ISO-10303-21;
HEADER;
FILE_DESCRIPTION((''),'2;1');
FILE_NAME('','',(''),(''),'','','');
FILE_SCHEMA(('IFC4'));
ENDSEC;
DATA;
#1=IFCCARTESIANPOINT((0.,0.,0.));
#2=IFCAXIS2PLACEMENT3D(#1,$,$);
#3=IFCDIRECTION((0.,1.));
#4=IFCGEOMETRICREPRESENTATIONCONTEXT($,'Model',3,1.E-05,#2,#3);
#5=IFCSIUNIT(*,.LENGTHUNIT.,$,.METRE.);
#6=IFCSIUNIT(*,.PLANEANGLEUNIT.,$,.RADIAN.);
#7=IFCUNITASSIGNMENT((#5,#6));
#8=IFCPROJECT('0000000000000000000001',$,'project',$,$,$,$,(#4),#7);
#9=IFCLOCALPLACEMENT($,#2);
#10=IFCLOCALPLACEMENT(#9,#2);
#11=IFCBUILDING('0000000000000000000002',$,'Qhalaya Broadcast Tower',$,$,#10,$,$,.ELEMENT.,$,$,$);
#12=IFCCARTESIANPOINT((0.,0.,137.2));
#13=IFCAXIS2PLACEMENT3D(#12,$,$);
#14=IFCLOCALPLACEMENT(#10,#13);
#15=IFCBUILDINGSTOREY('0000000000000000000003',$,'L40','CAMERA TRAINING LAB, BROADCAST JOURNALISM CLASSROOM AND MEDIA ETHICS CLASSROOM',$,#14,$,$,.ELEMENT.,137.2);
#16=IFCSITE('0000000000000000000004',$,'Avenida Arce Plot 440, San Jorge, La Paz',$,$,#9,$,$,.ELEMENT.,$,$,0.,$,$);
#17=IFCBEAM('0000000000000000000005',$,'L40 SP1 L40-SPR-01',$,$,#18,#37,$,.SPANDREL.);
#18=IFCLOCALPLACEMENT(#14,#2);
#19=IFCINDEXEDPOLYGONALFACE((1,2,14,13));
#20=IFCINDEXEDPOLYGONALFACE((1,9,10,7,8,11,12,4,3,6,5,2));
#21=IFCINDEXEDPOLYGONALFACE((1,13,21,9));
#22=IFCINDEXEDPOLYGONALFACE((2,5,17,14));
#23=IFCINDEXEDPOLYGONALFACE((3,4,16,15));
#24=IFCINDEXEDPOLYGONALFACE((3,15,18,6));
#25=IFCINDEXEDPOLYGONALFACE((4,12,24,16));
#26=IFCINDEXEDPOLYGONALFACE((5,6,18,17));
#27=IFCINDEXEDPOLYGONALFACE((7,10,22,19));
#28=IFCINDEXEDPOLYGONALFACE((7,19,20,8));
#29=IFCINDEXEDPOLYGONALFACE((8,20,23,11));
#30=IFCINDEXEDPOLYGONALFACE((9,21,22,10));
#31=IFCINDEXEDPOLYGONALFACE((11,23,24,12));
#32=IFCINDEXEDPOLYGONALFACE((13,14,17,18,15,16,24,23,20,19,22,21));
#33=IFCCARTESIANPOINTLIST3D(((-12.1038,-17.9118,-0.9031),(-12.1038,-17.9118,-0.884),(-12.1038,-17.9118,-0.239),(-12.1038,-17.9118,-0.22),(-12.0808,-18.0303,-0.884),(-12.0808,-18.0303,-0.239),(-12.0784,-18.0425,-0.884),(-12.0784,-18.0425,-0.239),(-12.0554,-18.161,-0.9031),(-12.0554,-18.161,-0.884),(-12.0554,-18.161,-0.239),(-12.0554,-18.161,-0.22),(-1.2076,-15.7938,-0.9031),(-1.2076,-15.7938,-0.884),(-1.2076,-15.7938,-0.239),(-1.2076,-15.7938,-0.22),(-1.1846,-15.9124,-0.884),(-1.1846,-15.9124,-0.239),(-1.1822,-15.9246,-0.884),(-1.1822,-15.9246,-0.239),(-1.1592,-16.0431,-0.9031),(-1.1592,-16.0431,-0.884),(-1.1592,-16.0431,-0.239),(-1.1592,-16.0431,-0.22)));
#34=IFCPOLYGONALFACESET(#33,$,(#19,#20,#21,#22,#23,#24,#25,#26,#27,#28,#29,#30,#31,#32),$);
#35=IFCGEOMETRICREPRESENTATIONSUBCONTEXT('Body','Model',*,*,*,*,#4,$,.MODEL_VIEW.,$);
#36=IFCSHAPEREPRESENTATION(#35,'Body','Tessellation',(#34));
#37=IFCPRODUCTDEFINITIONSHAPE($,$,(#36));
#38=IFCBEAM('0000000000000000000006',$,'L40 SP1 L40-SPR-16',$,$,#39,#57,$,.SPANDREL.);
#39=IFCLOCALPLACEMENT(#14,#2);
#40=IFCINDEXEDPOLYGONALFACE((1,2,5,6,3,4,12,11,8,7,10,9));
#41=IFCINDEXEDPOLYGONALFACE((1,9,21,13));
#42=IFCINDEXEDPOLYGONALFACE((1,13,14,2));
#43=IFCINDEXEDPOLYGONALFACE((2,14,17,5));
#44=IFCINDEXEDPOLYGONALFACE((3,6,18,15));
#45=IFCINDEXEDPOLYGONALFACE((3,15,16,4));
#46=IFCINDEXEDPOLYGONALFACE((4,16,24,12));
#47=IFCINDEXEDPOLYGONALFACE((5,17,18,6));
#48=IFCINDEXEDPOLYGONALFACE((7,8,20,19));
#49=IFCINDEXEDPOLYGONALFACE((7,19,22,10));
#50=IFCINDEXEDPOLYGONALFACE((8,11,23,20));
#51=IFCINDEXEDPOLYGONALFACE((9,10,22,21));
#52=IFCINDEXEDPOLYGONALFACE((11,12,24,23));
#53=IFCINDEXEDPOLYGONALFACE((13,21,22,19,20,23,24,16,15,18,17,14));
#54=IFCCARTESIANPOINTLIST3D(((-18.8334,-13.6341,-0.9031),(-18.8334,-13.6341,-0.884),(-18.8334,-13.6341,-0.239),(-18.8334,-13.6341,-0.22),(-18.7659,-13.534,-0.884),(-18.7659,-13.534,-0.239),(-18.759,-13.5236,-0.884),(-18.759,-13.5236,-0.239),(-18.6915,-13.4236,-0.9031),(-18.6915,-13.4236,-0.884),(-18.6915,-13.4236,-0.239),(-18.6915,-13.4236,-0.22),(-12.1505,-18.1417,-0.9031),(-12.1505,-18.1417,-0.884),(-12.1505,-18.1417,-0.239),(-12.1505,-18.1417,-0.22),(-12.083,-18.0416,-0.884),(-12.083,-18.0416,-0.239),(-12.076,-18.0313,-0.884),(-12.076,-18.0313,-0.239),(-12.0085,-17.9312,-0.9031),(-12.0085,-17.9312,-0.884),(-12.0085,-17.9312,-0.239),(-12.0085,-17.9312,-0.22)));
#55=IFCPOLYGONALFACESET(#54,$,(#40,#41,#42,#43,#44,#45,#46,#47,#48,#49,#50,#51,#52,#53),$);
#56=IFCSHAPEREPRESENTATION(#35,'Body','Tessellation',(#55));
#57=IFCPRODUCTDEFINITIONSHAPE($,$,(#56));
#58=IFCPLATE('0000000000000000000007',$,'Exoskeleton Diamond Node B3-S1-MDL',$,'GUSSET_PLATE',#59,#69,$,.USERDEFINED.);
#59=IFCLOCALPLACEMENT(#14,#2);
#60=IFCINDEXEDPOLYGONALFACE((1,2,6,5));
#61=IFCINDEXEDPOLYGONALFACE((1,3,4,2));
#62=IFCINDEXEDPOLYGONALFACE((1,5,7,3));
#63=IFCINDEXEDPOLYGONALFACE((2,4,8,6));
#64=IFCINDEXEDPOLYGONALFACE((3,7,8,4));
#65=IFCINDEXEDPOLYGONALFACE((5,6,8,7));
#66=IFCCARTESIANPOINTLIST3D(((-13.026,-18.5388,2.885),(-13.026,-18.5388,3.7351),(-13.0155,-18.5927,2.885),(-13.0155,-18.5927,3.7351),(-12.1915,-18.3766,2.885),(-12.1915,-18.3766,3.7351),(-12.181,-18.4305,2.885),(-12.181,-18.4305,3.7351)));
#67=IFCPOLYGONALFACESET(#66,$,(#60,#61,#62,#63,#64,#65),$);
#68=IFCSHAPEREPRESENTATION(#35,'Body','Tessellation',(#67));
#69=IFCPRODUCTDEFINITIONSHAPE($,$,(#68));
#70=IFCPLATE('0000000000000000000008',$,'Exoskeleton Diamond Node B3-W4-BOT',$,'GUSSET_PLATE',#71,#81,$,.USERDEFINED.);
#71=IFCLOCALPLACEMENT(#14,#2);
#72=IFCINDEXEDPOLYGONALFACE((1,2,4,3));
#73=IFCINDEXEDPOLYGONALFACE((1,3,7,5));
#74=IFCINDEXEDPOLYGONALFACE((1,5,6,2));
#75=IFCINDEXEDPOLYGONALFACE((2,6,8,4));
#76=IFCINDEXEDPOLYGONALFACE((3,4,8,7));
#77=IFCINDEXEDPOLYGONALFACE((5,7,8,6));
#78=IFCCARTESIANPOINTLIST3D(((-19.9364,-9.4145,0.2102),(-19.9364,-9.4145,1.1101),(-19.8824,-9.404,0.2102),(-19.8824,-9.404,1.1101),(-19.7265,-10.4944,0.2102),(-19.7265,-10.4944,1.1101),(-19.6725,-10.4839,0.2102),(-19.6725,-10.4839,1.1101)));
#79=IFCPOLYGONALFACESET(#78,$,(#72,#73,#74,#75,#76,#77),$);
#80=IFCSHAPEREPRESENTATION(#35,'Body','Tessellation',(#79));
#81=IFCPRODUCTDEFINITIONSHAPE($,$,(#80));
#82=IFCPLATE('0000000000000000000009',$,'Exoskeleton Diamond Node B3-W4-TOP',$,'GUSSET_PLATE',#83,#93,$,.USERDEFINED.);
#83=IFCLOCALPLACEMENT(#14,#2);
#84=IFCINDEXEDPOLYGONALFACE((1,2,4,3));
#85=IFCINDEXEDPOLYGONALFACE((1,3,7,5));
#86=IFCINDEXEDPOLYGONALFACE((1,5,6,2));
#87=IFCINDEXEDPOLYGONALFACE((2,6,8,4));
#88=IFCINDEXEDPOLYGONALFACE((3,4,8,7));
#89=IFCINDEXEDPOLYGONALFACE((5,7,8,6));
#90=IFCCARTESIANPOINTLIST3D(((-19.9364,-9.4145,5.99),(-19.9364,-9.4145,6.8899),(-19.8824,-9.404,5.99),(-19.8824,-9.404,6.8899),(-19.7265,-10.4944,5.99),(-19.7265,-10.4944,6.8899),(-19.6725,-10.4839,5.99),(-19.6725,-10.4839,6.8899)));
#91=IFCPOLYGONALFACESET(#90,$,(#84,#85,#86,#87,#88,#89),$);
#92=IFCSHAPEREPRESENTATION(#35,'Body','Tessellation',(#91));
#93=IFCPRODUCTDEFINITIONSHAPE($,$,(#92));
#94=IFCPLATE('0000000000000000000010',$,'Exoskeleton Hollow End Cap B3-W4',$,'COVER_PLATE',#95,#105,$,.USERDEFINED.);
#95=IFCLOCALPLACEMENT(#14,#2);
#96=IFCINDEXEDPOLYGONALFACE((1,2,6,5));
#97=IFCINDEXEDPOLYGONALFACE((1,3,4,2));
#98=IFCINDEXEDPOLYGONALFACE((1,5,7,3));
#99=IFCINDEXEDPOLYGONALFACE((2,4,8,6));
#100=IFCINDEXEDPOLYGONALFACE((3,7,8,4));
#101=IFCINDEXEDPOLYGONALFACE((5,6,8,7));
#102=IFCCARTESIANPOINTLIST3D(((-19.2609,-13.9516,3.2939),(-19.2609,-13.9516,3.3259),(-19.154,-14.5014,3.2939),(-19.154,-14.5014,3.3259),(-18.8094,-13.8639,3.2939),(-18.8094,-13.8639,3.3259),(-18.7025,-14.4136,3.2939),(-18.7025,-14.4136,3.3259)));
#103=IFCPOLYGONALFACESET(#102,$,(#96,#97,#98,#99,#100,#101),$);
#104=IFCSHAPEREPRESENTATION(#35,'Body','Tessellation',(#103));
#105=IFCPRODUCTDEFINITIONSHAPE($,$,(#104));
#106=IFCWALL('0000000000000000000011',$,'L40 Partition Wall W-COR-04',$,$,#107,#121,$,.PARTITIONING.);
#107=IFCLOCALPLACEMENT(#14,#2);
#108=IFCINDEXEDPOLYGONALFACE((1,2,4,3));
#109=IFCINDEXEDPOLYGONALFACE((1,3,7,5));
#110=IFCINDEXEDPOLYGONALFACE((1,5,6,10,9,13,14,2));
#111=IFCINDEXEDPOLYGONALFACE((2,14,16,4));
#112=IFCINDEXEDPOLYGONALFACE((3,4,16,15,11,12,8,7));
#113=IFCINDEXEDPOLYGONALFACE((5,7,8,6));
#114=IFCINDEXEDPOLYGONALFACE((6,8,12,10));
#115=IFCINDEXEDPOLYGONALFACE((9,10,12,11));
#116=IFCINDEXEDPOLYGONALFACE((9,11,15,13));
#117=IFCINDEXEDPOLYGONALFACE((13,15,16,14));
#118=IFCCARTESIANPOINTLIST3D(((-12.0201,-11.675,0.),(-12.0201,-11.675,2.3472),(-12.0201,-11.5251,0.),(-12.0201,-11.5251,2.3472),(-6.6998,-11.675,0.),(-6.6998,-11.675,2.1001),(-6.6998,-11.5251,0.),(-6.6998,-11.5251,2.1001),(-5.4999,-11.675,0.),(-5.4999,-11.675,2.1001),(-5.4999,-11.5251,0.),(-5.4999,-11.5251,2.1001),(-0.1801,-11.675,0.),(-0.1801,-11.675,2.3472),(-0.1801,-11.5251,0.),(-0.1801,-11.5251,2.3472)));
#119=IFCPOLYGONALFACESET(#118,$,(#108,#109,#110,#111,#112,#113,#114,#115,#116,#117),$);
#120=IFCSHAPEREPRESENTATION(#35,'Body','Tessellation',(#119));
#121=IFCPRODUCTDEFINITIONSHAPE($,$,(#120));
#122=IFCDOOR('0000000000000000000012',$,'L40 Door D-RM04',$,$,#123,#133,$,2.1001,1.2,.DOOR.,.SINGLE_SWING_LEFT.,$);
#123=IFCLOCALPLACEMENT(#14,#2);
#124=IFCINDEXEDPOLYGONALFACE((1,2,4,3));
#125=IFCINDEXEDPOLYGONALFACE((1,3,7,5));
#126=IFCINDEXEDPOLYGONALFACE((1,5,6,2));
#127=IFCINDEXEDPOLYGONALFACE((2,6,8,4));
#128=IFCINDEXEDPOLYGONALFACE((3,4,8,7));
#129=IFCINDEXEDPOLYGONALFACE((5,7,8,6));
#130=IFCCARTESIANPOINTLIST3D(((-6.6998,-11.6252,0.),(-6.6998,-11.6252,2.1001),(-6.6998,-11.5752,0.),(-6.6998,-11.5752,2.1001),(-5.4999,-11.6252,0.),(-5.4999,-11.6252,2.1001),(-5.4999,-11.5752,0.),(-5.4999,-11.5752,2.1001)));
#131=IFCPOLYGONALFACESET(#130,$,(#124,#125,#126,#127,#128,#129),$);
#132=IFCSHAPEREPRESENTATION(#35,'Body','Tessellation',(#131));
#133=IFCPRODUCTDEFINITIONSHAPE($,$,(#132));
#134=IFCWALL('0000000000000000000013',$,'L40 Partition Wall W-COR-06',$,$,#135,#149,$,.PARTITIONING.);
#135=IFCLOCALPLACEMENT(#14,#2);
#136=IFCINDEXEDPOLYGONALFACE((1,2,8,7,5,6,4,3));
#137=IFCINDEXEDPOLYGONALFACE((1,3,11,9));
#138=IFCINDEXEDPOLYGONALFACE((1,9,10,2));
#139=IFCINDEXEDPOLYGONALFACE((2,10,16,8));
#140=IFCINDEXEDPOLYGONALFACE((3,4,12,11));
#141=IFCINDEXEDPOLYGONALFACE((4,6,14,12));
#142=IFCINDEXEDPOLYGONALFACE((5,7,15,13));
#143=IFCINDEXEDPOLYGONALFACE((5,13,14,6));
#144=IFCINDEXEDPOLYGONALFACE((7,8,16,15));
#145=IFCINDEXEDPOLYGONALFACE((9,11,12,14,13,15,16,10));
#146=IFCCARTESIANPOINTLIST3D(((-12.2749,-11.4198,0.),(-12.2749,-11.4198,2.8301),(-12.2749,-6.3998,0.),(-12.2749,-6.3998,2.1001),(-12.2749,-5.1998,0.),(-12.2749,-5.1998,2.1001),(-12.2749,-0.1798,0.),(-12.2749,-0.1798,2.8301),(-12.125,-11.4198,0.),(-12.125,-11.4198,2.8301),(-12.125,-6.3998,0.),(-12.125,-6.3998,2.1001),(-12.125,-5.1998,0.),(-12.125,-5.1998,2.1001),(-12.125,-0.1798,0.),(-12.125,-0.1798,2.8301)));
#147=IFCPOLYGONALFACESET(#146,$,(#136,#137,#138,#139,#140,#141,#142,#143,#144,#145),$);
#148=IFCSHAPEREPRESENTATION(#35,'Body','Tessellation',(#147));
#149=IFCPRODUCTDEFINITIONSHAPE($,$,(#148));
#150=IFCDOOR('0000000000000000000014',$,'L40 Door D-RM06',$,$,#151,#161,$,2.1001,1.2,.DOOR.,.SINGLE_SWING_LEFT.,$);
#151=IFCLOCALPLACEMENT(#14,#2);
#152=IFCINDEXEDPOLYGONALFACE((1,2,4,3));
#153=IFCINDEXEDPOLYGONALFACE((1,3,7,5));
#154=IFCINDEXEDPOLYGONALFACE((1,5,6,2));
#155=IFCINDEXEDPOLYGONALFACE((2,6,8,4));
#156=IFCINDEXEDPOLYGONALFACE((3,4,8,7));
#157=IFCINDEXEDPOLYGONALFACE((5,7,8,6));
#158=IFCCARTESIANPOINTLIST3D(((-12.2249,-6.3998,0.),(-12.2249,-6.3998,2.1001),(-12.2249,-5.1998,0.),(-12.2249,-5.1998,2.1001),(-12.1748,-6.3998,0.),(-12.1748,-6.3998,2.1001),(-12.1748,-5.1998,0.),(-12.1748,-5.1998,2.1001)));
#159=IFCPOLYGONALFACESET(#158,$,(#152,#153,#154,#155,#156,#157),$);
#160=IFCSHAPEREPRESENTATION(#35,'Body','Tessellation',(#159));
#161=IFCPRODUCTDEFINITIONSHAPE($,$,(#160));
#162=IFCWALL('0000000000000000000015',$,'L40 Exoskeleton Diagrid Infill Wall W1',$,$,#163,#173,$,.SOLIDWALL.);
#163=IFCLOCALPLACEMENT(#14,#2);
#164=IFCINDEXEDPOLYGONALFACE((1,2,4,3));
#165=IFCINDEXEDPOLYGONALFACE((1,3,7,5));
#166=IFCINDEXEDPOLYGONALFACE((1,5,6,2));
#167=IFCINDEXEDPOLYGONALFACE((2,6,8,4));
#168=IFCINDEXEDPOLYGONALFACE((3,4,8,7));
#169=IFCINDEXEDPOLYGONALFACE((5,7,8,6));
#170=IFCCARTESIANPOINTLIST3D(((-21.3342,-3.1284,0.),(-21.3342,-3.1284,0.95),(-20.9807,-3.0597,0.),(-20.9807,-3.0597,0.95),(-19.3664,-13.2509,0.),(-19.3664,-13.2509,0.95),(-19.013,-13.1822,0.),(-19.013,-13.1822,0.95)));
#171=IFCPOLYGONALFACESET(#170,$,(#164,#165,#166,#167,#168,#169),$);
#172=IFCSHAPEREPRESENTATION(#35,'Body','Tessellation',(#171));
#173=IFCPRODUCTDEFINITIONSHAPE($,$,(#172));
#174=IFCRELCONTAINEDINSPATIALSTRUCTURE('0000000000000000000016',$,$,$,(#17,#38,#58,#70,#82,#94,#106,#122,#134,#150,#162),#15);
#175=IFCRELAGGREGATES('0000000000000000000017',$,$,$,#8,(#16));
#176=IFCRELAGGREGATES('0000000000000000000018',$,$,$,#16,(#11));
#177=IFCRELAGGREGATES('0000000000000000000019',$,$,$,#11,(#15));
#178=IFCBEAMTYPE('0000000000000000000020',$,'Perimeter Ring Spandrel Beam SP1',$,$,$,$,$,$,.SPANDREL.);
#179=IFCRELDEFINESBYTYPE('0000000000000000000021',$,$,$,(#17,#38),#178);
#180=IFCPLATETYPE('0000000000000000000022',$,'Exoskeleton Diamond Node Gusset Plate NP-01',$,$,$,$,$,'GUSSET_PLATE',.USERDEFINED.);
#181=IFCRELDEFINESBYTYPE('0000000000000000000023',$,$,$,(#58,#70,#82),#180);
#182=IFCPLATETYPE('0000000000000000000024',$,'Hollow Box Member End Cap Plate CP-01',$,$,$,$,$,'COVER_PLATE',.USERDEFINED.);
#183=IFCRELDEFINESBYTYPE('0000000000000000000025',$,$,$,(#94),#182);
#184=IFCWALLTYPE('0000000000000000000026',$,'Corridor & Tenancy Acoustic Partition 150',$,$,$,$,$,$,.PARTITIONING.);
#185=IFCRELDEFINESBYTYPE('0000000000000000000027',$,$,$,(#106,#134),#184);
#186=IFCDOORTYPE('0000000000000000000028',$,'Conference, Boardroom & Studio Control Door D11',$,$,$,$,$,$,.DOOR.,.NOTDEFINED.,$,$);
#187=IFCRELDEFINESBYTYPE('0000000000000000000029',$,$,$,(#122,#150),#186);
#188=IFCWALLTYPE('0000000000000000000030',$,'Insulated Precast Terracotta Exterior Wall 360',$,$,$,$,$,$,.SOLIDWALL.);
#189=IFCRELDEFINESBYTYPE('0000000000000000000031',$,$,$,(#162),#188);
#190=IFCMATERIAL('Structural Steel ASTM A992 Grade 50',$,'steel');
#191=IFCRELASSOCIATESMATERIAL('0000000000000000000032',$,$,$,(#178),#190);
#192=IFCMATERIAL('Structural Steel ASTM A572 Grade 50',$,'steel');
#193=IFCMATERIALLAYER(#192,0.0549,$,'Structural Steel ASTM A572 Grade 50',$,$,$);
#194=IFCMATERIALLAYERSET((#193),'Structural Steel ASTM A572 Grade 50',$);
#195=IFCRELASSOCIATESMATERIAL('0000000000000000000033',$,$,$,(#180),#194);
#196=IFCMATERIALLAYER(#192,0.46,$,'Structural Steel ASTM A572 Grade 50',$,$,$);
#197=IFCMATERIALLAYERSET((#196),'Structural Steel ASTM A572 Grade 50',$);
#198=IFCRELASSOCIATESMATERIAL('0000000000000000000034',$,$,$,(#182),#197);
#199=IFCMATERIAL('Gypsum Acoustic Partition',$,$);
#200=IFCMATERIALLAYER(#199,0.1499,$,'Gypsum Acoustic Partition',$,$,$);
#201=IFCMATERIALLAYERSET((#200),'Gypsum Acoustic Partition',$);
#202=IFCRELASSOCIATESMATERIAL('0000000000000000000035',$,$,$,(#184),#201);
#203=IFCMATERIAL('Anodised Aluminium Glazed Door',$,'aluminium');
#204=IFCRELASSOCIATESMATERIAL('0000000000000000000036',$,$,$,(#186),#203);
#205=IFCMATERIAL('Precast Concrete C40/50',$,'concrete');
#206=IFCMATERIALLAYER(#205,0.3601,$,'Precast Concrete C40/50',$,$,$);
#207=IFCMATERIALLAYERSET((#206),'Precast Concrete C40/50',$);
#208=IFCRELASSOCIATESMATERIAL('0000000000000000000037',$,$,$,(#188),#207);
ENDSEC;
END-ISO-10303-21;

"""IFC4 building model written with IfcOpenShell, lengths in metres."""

from ifc_helpers import new_model, si_unit, direction, frame, frame_2d, origin, origin_2d, place, context, subcontext, project, spatial, rectangle, i_section, extrude, material, layer, layer_set, material_profile, profile_set, type_object, element, fill, save


model = new_model("IFC4")

# Units and contexts
model_context = context("Model", 3, precision=1e-05, world=origin(), true_north=direction((0.0, 1.0)))
body_context = subcontext(model_context, "Body", "Model", "MODEL_VIEW")
ifc_project = project(units=[si_unit("LENGTHUNIT", "METRE"), si_unit("PLANEANGLEUNIT", "RADIAN")], contexts=[model_context])

# Site, building, storey
site_placement = place(None, origin())
site = spatial("IfcSite", under=ifc_project, at=site_placement, Name="Avenida Arce Plot 440, San Jorge, La Paz", CompositionType="ELEMENT", RefElevation=0.0)
building_placement = place(site_placement, origin())
building = spatial("IfcBuilding", under=site, at=building_placement, Name="Qhalaya Broadcast Tower", CompositionType="ELEMENT")
storey_placement = place(building_placement, frame((0.0, 0.0, 137.2)))
storey = spatial("IfcBuildingStorey", under=building, at=storey_placement, Name="L40", Description="CAMERA TRAINING LAB, BROADCAST JOURNALISM CLASSROOM AND MEDIA ETHICS CLASSROOM", CompositionType="ELEMENT", Elevation=137.2)

# Shared definitions
ifc_material_1 = material(Name="Structural Steel ASTM A572 Grade 50", Category="steel")

# Shared definitions
ifc_material_2 = material(Name="Structural Steel ASTM A992 Grade 50", Category="steel")

# Beams
ifc_material_profile_1 = material_profile(ifc_material_2, i_section(OverallWidth=0.2539, OverallDepth=0.6831, WebThickness=0.0125, FlangeThickness=0.019, at=origin_2d()), Name="W27X94")
ifc_profile_set_1 = profile_set([ifc_material_profile_1], Name="Structural Steel ASTM A992 Grade 50")
beam_type_1 = type_object("IfcBeamType", Name="Perimeter Ring Spandrel Beam SP1", PredefinedType="SPANDREL", material=ifc_profile_set_1)
beam_1_placement = place(storey_placement, frame((-12.0796, -18.0364, -0.5615), z_axis=(0.981629, 0.190801, 0.0), x_axis=(-0.190801, 0.981629, 0.0)))
element("IfcBeam", 1, at=beam_1_placement, inside=storey, type_object=beam_type_1, Name="L40 SP1 L40-SPR-01", PredefinedType="SPANDREL", context=body_context, shape_type="SweptSolid", body=[
    extrude(i_section(OverallWidth=0.2539, OverallDepth=0.6831, WebThickness=0.0125, FlangeThickness=0.019, at=origin_2d()), origin(), (0.0, 0.0, 1.0), 11.1001),
])
beam_2_placement = place(storey_placement, frame((-18.7625, -13.5288, -0.5615), z_axis=(0.829042, -0.559186, 0.0), x_axis=(0.559186, 0.829042, 0.0)))
element("IfcBeam", 2, at=beam_2_placement, inside=storey, type_object=beam_type_1, Name="L40 SP1 L40-SPR-16", PredefinedType="SPANDREL", context=body_context, shape_type="SweptSolid", body=[
    extrude(i_section(OverallWidth=0.2539, OverallDepth=0.6831, WebThickness=0.0125, FlangeThickness=0.019, at=origin_2d()), origin(), (0.0, 0.0, 1.0), 8.061),
])

# Plates
ifc_layer_1 = layer(ifc_material_1, 0.0549, Name="Structural Steel ASTM A572 Grade 50")
ifc_layer_set_1 = layer_set([ifc_layer_1], Name="Structural Steel ASTM A572 Grade 50")
plate_type_1 = type_object("IfcPlateType", Name="Exoskeleton Diamond Node Gusset Plate NP-01", ElementType="GUSSET_PLATE", PredefinedType="USERDEFINED", material=ifc_layer_set_1)
plate_1_placement = place(storey_placement, frame((-12.6035, -18.4846, 2.885), z_axis=(0.0, 0.0, 1.0), x_axis=(0.981627, 0.190809, 0.0)))
element("IfcPlate", 3, at=plate_1_placement, inside=storey, type_object=plate_type_1, Name="Exoskeleton Diamond Node B3-S1-MDL", ObjectType="GUSSET_PLATE", PredefinedType="USERDEFINED", context=body_context, shape_type="SweptSolid", body=[
    extrude(rectangle(XDim=0.8501, YDim=0.0549, at=origin_2d()), origin(), (0.0, 0.0, 1.0), 0.8501),
])
for number, where, z_axis, x_axis, name in (
    (4, (-19.8044, -9.9492, 0.2102), (0.0, 0.0, 1.0), (-0.190809, 0.981627, 0.0), "Exoskeleton Diamond Node B3-W4-BOT"),
    (5, (-19.8044, -9.9492, 5.99), (0.0, 0.0, 1.0), (-0.190809, 0.981627, 0.0), "Exoskeleton Diamond Node B3-W4-TOP"),
):
    element("IfcPlate", number, at=place(storey_placement, frame(where, z_axis=z_axis, x_axis=x_axis)), inside=storey, type_object=plate_type_1, Name=name, ObjectType="GUSSET_PLATE", PredefinedType="USERDEFINED", context=body_context, shape_type="SweptSolid", body=[
        extrude(rectangle(XDim=1.1001, YDim=0.0549, at=origin_2d()), origin(), (0.0, 0.0, 1.0), 0.8999),
    ])
ifc_layer_2 = layer(ifc_material_1, 0.46, Name="Structural Steel ASTM A572 Grade 50")
ifc_layer_set_2 = layer_set([ifc_layer_2], Name="Structural Steel ASTM A572 Grade 50")
plate_type_2 = type_object("IfcPlateType", Name="Hollow Box Member End Cap Plate CP-01", ElementType="COVER_PLATE", PredefinedType="USERDEFINED", material=ifc_layer_set_2)
plate_2_placement = place(storey_placement, frame((-18.9817, -14.1826, 3.2939), z_axis=(0.0, 0.0, 1.0), x_axis=(-0.190809, 0.981627, 0.0)))
element("IfcPlate", 6, at=plate_2_placement, inside=storey, type_object=plate_type_2, Name="Exoskeleton Hollow End Cap B3-W4", ObjectType="COVER_PLATE", PredefinedType="USERDEFINED", context=body_context, shape_type="SweptSolid", body=[
    extrude(rectangle(XDim=0.5601, YDim=0.46, at=origin_2d()), origin(), (0.0, 0.0, 1.0), 0.032),
])

# Walls, openings, doors
ifc_material_3 = material(Name="Gypsum Acoustic Partition")
ifc_layer_3 = layer(ifc_material_3, 0.1499, Name="Gypsum Acoustic Partition")
ifc_layer_set_3 = layer_set([ifc_layer_3], Name="Gypsum Acoustic Partition")
wall_type_1 = type_object("IfcWallType", Name="Corridor & Tenancy Acoustic Partition 150", PredefinedType="PARTITIONING", material=ifc_layer_set_3)
wall_1_placement = place(storey_placement, frame((-12.02, -11.6001, 0.0), z_axis=(0.0, 0.0, 1.0), x_axis=(1.0, 0.0, 0.0)))
wall_1 = element("IfcWall", 7, at=wall_1_placement, inside=storey, type_object=wall_type_1, Name="L40 Partition Wall W-COR-04", PredefinedType="PARTITIONING", context=body_context, shape_type="SweptSolid", body=[
    extrude(rectangle(XDim=11.8401, YDim=0.1499, at=frame_2d((5.9199, 0.0))), origin(), (0.0, 0.0, 1.0), 2.3472),
])
opening_1_placement = place(wall_1_placement, frame((5.3201, 0.0, 0.0)))
opening_1 = element("IfcOpeningElement", 8, at=opening_1_placement, cuts=wall_1, PredefinedType="OPENING", context=body_context, shape_type="SweptSolid", body=[
    extrude(rectangle(XDim=1.2, YDim=2.1001, at=frame_2d((0.6001, 1.05))), frame((0.0, 0.0869, 0.0), z_axis=(0.0, -1.0, 0.0), x_axis=(1.0, 0.0, 0.0)), (0.0, 0.0, 1.0), 0.1738),
])
ifc_material_4 = material(Name="Anodised Aluminium Glazed Door", Category="aluminium")
door_type = type_object("IfcDoorType", Name="Conference, Boardroom & Studio Control Door D11", OperationType="NOTDEFINED", PredefinedType="DOOR", material=ifc_material_4)
door_1_placement = place(opening_1_placement, origin())
door_1 = element("IfcDoor", 9, at=door_1_placement, inside=storey, type_object=door_type, Name="L40 Door D-RM04", OperationType="SINGLE_SWING_LEFT", OverallHeight=2.1001, OverallWidth=1.2, PredefinedType="DOOR", context=body_context, shape_type="SweptSolid", body=[
    extrude(rectangle(XDim=1.2, YDim=2.1001, at=frame_2d((0.6001, 1.05))), frame((0.0, 0.0249, 0.0), z_axis=(0.0, -1.0, 0.0), x_axis=(1.0, 0.0, 0.0)), (0.0, 0.0, 1.0), 0.05),
])
fill(opening_1, door_1)
wall_2_placement = place(storey_placement, frame((-12.2, -11.4199, 0.0), z_axis=(0.0, 0.0, 1.0), x_axis=(0.0, 1.0, 0.0)))
wall_2 = element("IfcWall", 10, at=wall_2_placement, inside=storey, type_object=wall_type_1, Name="L40 Partition Wall W-COR-06", PredefinedType="PARTITIONING", context=body_context, shape_type="SweptSolid", body=[
    extrude(rectangle(XDim=11.24, YDim=0.1499, at=frame_2d((5.6201, 0.0))), origin(), (0.0, 0.0, 1.0), 2.8301),
])
opening_2_placement = place(wall_2_placement, frame((5.02, 0.0, 0.0)))
opening_2 = element("IfcOpeningElement", 11, at=opening_2_placement, cuts=wall_2, PredefinedType="OPENING", context=body_context, shape_type="SweptSolid", body=[
    extrude(rectangle(XDim=1.2, YDim=2.1001, at=frame_2d((0.6001, 1.05))), frame((0.0, 0.0869, 0.0), z_axis=(0.0, -1.0, 0.0), x_axis=(1.0, 0.0, 0.0)), (0.0, 0.0, 1.0), 0.1738),
])
door_2_placement = place(opening_2_placement, origin())
door_2 = element("IfcDoor", 12, at=door_2_placement, inside=storey, type_object=door_type, Name="L40 Door D-RM06", OperationType="SINGLE_SWING_LEFT", OverallHeight=2.1001, OverallWidth=1.2, PredefinedType="DOOR", context=body_context, shape_type="SweptSolid", body=[
    extrude(rectangle(XDim=1.2, YDim=2.1001, at=frame_2d((0.6001, 1.05))), frame((0.0, 0.0249, 0.0), z_axis=(0.0, -1.0, 0.0), x_axis=(1.0, 0.0, 0.0)), (0.0, 0.0, 1.0), 0.05),
])
fill(opening_2, door_2)

# Wall
ifc_material_5 = material(Name="Precast Concrete C40/50", Category="concrete")
ifc_layer_4 = layer(ifc_material_5, 0.3601, Name="Precast Concrete C40/50")
ifc_layer_set_4 = layer_set([ifc_layer_4], Name="Precast Concrete C40/50")
wall_type_2 = type_object("IfcWallType", Name="Insulated Precast Terracotta Exterior Wall 360", PredefinedType="SOLIDWALL", material=ifc_layer_set_4)
wall_3_placement = place(storey_placement, frame((-19.1897, -13.2166, 0.0), z_axis=(0.0, 0.0, 1.0), x_axis=(-0.190823, 0.981625, 0.0)))
element("IfcWall", 13, at=wall_3_placement, inside=storey, type_object=wall_type_2, Name="L40 Exoskeleton Diagrid Infill Wall W1", PredefinedType="SOLIDWALL", context=body_context, shape_type="SweptSolid", body=[
    extrude(rectangle(XDim=10.312, YDim=0.3601, at=frame_2d((5.156, 0.0))), origin(), (0.0, 0.0, 1.0), 0.95),
])

save(model, "model.ifc")
